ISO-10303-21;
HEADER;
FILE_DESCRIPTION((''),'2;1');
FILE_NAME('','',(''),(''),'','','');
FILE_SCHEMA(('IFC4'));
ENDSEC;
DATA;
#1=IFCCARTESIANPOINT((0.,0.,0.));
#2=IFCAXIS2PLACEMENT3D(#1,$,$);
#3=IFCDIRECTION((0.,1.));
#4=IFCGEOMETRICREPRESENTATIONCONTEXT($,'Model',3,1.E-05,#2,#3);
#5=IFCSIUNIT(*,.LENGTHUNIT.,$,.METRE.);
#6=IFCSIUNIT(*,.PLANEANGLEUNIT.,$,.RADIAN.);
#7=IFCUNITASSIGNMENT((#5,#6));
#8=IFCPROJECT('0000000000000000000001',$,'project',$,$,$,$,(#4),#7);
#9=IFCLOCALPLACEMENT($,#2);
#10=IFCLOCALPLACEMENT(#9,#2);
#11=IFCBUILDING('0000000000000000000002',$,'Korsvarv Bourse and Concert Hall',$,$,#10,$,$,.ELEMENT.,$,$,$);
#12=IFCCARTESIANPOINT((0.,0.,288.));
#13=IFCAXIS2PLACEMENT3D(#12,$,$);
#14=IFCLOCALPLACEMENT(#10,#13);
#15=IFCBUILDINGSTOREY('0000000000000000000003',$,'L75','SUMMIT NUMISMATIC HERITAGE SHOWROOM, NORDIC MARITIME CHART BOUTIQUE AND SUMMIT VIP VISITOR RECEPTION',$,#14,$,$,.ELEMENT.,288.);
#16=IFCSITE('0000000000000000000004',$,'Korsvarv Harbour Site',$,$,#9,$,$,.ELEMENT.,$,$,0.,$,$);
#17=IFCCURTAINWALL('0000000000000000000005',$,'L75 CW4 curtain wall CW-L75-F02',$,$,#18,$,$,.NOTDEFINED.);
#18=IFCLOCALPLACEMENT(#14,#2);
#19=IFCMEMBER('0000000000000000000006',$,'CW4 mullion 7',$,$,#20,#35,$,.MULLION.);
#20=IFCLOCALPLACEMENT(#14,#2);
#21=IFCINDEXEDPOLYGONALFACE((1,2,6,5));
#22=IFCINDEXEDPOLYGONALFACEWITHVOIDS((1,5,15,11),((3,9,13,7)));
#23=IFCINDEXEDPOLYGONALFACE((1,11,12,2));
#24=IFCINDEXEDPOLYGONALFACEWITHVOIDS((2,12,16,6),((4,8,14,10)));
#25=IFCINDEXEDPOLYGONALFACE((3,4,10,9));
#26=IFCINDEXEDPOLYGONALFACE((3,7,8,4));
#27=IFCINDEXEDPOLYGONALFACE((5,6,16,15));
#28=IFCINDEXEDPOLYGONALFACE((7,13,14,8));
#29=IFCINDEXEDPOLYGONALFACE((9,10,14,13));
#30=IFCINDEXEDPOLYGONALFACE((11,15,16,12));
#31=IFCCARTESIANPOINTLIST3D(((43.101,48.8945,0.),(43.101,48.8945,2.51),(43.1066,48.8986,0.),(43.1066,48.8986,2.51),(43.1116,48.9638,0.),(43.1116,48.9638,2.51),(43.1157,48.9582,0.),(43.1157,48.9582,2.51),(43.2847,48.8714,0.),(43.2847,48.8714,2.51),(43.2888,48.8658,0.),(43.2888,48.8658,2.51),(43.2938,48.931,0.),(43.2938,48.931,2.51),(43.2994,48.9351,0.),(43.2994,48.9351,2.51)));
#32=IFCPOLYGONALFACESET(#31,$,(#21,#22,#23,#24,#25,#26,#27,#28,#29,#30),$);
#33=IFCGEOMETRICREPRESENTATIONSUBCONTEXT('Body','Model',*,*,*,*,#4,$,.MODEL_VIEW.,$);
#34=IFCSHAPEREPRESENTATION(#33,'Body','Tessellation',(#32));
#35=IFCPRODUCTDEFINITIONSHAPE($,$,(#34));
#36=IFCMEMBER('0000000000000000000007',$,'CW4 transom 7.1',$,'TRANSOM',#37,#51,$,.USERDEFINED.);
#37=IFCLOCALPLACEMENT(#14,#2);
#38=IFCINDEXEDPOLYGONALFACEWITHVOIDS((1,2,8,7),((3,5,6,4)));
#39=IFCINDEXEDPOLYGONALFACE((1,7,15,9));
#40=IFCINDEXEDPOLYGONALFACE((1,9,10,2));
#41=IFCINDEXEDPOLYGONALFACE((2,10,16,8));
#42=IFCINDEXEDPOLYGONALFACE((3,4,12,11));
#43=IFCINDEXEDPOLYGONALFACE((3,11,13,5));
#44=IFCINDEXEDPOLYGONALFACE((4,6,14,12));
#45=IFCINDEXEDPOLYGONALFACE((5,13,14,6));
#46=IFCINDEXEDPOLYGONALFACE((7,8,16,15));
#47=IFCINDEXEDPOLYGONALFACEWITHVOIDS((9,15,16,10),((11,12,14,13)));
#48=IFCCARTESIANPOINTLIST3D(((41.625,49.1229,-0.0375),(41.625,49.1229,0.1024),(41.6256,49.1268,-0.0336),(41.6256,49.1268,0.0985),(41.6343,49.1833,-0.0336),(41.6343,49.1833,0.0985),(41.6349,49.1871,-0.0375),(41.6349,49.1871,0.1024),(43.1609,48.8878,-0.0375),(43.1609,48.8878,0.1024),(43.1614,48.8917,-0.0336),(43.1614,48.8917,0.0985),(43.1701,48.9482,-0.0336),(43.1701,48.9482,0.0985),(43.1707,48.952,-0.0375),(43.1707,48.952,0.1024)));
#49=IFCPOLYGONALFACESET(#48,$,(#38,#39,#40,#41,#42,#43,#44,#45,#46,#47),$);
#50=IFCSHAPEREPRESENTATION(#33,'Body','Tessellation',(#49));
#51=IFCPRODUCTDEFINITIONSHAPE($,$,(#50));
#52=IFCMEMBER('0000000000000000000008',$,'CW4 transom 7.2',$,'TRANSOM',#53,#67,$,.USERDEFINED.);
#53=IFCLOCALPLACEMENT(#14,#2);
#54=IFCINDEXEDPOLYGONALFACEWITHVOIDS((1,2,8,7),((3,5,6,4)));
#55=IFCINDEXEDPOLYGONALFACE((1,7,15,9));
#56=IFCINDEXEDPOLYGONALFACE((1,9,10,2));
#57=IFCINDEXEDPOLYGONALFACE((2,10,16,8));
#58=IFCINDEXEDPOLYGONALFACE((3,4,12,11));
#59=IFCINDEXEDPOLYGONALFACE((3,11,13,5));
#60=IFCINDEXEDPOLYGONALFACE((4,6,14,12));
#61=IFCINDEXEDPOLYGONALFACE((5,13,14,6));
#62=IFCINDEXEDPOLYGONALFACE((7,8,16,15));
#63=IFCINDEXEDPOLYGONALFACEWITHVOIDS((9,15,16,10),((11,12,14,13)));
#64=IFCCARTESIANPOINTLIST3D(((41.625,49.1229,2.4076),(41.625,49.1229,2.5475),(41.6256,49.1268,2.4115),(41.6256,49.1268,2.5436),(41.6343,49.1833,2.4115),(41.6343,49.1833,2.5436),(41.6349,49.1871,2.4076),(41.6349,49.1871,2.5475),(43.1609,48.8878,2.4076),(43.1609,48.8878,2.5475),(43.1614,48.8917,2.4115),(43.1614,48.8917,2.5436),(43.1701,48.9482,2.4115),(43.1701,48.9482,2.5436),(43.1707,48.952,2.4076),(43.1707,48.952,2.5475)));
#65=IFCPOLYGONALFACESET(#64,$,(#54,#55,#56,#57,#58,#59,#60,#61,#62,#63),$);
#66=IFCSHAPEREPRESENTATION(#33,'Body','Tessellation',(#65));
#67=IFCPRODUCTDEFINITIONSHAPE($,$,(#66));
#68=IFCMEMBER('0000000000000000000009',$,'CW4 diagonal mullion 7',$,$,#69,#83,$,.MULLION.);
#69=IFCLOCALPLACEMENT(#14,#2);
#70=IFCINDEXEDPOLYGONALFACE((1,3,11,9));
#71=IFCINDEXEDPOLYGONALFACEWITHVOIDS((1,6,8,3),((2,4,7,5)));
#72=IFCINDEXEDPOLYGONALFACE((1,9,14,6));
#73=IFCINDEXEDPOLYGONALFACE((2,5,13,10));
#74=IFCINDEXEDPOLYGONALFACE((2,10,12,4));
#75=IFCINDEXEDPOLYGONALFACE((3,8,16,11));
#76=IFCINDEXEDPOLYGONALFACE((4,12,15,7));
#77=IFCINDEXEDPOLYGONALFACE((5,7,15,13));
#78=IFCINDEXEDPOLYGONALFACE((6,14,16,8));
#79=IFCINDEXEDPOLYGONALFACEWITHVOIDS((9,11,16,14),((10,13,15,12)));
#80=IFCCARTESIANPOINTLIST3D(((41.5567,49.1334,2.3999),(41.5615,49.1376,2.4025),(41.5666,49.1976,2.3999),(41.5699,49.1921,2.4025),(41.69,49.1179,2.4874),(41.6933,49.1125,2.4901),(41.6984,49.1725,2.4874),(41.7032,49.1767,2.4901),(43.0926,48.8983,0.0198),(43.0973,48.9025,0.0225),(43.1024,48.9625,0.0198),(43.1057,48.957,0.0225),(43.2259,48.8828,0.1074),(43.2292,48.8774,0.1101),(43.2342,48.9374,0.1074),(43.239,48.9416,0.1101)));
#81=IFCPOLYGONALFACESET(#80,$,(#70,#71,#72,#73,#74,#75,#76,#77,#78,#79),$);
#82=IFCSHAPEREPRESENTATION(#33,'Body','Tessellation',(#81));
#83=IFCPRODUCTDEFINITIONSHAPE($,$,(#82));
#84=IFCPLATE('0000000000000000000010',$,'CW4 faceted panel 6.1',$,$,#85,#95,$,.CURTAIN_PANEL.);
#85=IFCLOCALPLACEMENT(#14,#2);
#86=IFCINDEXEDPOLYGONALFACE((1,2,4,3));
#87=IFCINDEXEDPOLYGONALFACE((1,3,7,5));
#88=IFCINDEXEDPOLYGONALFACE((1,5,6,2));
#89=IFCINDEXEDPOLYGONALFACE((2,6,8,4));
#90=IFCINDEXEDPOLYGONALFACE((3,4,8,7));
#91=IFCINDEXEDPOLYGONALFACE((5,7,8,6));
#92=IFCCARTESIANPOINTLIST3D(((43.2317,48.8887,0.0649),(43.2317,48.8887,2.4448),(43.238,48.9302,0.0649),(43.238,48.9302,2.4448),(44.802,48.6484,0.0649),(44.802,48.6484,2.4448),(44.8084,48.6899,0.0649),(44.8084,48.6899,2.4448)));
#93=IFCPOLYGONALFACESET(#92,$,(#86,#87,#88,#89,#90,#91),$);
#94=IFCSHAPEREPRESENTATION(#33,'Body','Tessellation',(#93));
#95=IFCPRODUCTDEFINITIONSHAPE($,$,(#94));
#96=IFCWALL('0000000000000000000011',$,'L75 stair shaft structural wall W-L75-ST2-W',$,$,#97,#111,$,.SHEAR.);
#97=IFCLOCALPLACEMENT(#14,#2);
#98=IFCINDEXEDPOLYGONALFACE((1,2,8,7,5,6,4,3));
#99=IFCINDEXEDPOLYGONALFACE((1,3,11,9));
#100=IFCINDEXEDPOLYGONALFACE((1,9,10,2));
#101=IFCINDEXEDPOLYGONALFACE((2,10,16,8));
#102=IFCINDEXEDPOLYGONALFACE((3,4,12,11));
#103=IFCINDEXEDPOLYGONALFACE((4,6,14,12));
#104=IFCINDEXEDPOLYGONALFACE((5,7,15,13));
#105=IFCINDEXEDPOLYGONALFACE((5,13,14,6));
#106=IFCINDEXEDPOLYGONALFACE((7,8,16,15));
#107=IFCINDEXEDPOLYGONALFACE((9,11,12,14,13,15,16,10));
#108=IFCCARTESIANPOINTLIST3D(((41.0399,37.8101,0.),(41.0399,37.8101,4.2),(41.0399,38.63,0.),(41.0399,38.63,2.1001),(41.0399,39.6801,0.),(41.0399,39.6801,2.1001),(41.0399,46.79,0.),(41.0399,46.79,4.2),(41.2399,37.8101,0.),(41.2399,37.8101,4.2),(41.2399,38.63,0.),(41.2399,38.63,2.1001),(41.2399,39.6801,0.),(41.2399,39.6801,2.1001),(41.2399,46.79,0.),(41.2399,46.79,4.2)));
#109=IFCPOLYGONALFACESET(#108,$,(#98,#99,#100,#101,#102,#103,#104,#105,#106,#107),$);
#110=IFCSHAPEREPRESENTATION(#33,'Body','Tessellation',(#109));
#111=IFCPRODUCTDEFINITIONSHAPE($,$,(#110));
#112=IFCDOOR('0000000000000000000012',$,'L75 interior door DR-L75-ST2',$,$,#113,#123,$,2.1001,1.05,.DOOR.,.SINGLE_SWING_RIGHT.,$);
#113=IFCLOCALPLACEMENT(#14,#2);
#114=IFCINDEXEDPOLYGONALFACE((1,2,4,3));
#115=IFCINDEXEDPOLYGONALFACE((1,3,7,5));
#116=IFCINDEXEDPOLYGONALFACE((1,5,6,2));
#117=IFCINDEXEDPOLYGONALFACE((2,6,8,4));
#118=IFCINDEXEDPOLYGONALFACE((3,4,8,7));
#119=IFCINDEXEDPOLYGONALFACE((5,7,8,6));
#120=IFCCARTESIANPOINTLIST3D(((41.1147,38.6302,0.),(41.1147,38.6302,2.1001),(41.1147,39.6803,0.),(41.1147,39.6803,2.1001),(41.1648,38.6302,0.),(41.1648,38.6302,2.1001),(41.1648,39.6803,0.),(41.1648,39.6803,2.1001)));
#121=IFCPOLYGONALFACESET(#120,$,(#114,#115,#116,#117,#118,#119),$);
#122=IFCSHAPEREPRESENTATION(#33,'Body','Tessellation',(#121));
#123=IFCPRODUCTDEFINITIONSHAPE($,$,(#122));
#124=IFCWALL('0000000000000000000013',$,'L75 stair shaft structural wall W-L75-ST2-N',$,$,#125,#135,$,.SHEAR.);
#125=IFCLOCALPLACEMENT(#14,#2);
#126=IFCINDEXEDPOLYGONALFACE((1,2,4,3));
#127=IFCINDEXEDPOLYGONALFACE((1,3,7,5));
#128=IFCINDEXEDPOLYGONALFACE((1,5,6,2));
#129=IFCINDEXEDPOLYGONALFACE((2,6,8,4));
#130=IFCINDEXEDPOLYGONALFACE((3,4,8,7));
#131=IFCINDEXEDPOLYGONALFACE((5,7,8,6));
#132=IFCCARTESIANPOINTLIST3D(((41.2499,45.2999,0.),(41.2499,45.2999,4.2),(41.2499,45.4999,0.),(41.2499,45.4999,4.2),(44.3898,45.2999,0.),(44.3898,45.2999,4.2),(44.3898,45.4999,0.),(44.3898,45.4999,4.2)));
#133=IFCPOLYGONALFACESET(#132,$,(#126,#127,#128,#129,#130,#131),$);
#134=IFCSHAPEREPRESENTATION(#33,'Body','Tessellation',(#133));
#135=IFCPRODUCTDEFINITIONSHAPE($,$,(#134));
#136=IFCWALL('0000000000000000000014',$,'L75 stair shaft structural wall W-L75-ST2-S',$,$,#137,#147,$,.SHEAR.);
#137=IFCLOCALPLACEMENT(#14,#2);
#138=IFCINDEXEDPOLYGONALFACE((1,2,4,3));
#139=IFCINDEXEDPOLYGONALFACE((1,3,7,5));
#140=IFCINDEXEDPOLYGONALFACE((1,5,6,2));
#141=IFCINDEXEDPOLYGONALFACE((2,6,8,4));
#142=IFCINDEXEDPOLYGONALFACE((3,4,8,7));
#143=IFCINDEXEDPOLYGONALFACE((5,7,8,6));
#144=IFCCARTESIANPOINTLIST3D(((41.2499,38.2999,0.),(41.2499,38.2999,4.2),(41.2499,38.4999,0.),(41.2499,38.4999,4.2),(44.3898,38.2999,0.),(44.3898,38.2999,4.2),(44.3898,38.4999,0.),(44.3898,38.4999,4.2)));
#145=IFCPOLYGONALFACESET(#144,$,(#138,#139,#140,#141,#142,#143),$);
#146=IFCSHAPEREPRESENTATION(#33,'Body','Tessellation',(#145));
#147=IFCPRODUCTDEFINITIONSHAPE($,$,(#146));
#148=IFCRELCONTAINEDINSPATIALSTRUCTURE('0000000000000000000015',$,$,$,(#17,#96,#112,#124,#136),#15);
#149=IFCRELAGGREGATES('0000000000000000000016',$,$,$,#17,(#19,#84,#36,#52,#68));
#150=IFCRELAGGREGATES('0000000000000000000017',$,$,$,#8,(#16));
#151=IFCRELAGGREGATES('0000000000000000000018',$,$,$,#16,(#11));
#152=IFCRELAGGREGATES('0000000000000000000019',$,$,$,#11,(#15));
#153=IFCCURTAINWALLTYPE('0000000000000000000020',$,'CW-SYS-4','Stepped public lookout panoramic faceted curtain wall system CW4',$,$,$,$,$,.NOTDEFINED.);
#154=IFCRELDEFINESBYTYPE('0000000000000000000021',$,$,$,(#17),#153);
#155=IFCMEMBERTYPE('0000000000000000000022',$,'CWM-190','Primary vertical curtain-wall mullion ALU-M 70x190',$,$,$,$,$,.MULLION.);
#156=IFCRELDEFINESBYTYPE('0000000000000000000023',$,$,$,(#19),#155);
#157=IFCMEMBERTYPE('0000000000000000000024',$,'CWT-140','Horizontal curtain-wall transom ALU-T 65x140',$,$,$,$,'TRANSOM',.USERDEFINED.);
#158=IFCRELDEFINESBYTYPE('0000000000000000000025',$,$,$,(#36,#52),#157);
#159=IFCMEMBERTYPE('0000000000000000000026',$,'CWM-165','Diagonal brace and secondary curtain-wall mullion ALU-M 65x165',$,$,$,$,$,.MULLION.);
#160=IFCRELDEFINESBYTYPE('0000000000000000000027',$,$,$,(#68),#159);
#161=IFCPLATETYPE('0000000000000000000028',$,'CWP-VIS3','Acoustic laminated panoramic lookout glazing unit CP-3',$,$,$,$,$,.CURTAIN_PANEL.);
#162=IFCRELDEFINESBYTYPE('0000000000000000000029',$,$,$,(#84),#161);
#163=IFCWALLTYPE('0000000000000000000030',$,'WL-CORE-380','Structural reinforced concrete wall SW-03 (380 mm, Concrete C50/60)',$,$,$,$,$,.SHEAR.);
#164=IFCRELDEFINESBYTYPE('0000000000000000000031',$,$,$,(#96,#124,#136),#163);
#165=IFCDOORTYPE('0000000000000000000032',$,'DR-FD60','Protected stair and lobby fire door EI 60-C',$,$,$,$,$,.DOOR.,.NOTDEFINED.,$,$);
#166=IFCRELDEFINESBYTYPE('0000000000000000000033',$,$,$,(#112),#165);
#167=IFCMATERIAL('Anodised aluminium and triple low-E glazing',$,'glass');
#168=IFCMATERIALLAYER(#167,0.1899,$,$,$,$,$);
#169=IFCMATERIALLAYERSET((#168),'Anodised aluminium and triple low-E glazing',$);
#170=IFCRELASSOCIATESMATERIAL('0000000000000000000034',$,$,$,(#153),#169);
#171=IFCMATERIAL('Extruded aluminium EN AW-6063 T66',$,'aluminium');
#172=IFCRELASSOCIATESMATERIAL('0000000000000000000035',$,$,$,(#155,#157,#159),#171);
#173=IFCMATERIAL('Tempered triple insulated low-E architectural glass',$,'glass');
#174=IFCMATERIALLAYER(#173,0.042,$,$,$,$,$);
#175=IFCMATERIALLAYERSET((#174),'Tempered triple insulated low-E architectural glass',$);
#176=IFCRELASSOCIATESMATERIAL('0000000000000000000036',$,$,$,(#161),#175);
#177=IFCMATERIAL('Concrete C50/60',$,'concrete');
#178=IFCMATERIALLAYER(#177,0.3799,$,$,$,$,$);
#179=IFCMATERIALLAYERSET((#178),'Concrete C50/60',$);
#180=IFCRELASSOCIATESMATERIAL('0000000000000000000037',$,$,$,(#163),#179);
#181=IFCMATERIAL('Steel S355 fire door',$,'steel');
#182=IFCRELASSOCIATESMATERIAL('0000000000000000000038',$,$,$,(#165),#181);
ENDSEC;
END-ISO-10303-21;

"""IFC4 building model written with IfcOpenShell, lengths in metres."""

from ifc_helpers import new_model, si_unit, direction, frame, frame_2d, origin, origin_2d, place, context, subcontext, project, spatial, rectangle, hollow_rectangle, extrude, source, transform, mapped, material, layer, layer_set, material_profile, profile_set, type_object, element, fill, aggregate, save


model = new_model("IFC4")

# Units and contexts
model_context = context("Model", 3, precision=1e-05, world=origin(), true_north=direction((0.0, 1.0)))
body_context = subcontext(model_context, "Body", "Model", "MODEL_VIEW")
ifc_project = project(units=[si_unit("LENGTHUNIT", "METRE"), si_unit("PLANEANGLEUNIT", "RADIAN")], contexts=[model_context])

# Site, building, storey
site_placement = place(None, origin())
site = spatial("IfcSite", under=ifc_project, at=site_placement, Name="Korsvarv Harbour Site", CompositionType="ELEMENT", RefElevation=0.0)
building_placement = place(site_placement, origin())
building = spatial("IfcBuilding", under=site, at=building_placement, Name="Korsvarv Bourse and Concert Hall", CompositionType="ELEMENT")
storey_placement = place(building_placement, frame((0.0, 0.0, 288.0)))
storey = spatial("IfcBuildingStorey", under=building, at=storey_placement, Name="L75", Description="SUMMIT NUMISMATIC HERITAGE SHOWROOM, NORDIC MARITIME CHART BOUTIQUE AND SUMMIT VIP VISITOR RECEPTION", CompositionType="ELEMENT", Elevation=288.0)

# Curtain wall, members, plate
ifc_material_1 = material(Name="Anodised aluminium and triple low-E glazing", Category="glass")
ifc_layer_1 = layer(ifc_material_1, 0.1899)
ifc_layer_set_1 = layer_set([ifc_layer_1], Name="Anodised aluminium and triple low-E glazing")
curtain_wall_type = type_object("IfcCurtainWallType", Name="CW-SYS-4", Description="Stepped public lookout panoramic faceted curtain wall system CW4", PredefinedType="NOTDEFINED", material=ifc_layer_set_1)
curtain_wall_placement = place(storey_placement, origin())
curtain_wall = element("IfcCurtainWall", 1, at=curtain_wall_placement, inside=storey, type_object=curtain_wall_type, Name="L75 CW4 curtain wall CW-L75-F02", PredefinedType="NOTDEFINED")
ifc_material_2 = material(Name="Extruded aluminium EN AW-6063 T66", Category="aluminium")
ifc_material_profile_1 = material_profile(ifc_material_2, hollow_rectangle(XDim=0.0701, YDim=0.1899, WallThickness=0.0049, at=origin_2d()), Name="ALU-M 70x190")
ifc_profile_set_1 = profile_set([ifc_material_profile_1], Name="Extruded aluminium EN AW-6063 T66")
member_type_1 = type_object("IfcMemberType", Name="CWM-190", Description="Primary vertical curtain-wall mullion ALU-M 70x190", PredefinedType="MULLION", material=ifc_profile_set_1)
shared_shape_1 = source(origin(), body_context, "Body", "SweptSolid", [
    extrude(hollow_rectangle(XDim=0.0701, YDim=0.1899, WallThickness=0.0049, at=origin_2d()), origin(), (0.0, 0.0, 1.0), 2.51),
])
member_1_placement = place(storey_placement, frame((43.2002, 48.9148, 0.0), z_axis=(0.0, 0.0, 1.0), x_axis=(-0.151305, -0.988487, 0.0)))
member_1 = element("IfcMember", 2, at=member_1_placement, type_object=member_type_1, Name="CW4 mullion 7", PredefinedType="MULLION", context=body_context, shape_type="MappedRepresentation", body=[
    mapped(shared_shape_1, transform((0.0, 0.0, 0.0), scale=1.0)),
])
ifc_material_profile_2 = material_profile(ifc_material_2, hollow_rectangle(XDim=0.0649, YDim=0.1399, WallThickness=0.0039, at=origin_2d()), Name="ALU-T 65x140")
ifc_profile_set_2 = profile_set([ifc_material_profile_2], Name="Extruded aluminium EN AW-6063 T66")
member_type_2 = type_object("IfcMemberType", Name="CWT-140", Description="Horizontal curtain-wall transom ALU-T 65x140", ElementType="TRANSOM", PredefinedType="USERDEFINED", material=ifc_profile_set_2)
shared_shape_2 = source(origin(), body_context, "Body", "SweptSolid", [
    extrude(hollow_rectangle(XDim=0.0649, YDim=0.1399, WallThickness=0.0039, at=origin_2d()), origin(), (0.0, 0.0, 1.0), 1.5537),
])
member_2_placement = place(storey_placement, frame((43.1658, 48.9199, 0.0325), z_axis=(-0.988486, 0.151313, 0.0), x_axis=(-0.151313, -0.988486, 0.0)))
member_2 = element("IfcMember", 3, at=member_2_placement, type_object=member_type_2, Name="CW4 transom 7.1", ObjectType="TRANSOM", PredefinedType="USERDEFINED", context=body_context, shape_type="MappedRepresentation", body=[
    mapped(shared_shape_2, transform((0.0, 0.0, 0.0), scale=1.0)),
])
member_3_placement = place(storey_placement, frame((43.1658, 48.9199, 2.4775), z_axis=(-0.988486, 0.151313, 0.0), x_axis=(-0.151313, -0.988486, 0.0)))
member_3 = element("IfcMember", 4, at=member_3_placement, type_object=member_type_2, Name="CW4 transom 7.2", ObjectType="TRANSOM", PredefinedType="USERDEFINED", context=body_context, shape_type="MappedRepresentation", body=[
    mapped(shared_shape_2, transform((0.0, 0.0, 0.0), scale=1.0)),
])
ifc_material_profile_3 = material_profile(ifc_material_2, hollow_rectangle(XDim=0.0649, YDim=0.165, WallThickness=0.0049, at=origin_2d()), Name="ALU-M 65x165")
ifc_profile_set_3 = profile_set([ifc_material_profile_3], Name="Extruded aluminium EN AW-6063 T66")
member_type_3 = type_object("IfcMemberType", Name="CWM-165", Description="Diagonal brace and secondary curtain-wall mullion ALU-M 65x165", PredefinedType="MULLION", material=ifc_profile_set_3)
shared_shape_3 = source(origin(), body_context, "Body", "SweptSolid", [
    extrude(hollow_rectangle(XDim=0.0649, YDim=0.165, WallThickness=0.0049, at=origin_2d()), origin(), (0.0, 0.0, 1.0), 2.8423),
])
member_4_placement = place(storey_placement, frame((43.1658, 48.9199, 0.0649), z_axis=(-0.540349, 0.082714, 0.837365), x_axis=(-0.151313, -0.988486, 0.0)))
member_4 = element("IfcMember", 5, at=member_4_placement, type_object=member_type_3, Name="CW4 diagonal mullion 7", PredefinedType="MULLION", context=body_context, shape_type="MappedRepresentation", body=[
    mapped(shared_shape_3, transform((0.0, 0.0, 0.0), scale=1.0)),
])
ifc_material_3 = material(Name="Tempered triple insulated low-E architectural glass", Category="glass")
ifc_layer_2 = layer(ifc_material_3, 0.042)
ifc_layer_set_2 = layer_set([ifc_layer_2], Name="Tempered triple insulated low-E architectural glass")
plate_type = type_object("IfcPlateType", Name="CWP-VIS3", Description="Acoustic laminated panoramic lookout glazing unit CP-3", PredefinedType="CURTAIN_PANEL", material=ifc_layer_set_2)
shared_shape_4 = source(origin(), body_context, "Body", "SweptSolid", [
    extrude(rectangle(XDim=1.5886, YDim=0.042, at=origin_2d()), origin(), (0.0, 0.0, 1.0), 2.3799),
])
plate_placement = place(storey_placement, frame((44.02, 48.7893, 0.0649), z_axis=(0.0, 0.0, 1.0), x_axis=(-0.988487, 0.151305, 0.0)))
plate = element("IfcPlate", 6, at=plate_placement, type_object=plate_type, Name="CW4 faceted panel 6.1", PredefinedType="CURTAIN_PANEL", context=body_context, shape_type="MappedRepresentation", body=[
    mapped(shared_shape_4, transform((0.0, 0.0, 0.0), scale=1.0)),
])
aggregate(curtain_wall, [member_1, plate, member_2, member_3, member_4])

# Wall, opening, door
ifc_material_4 = material(Name="Concrete C50/60", Category="concrete")
ifc_layer_3 = layer(ifc_material_4, 0.3799)
ifc_layer_set_3 = layer_set([ifc_layer_3], Name="Concrete C50/60")
wall_type_1 = type_object("IfcWallType", Name="WL-CORE-380", Description="Structural reinforced concrete wall SW-03 (380 mm, Concrete C50/60)", PredefinedType="SHEAR", material=ifc_layer_set_3)
wall_1_placement = place(storey_placement, frame((41.1399, 37.8101, 0.0), z_axis=(0.0, 0.0, 1.0), x_axis=(0.0, 1.0, 0.0)))
wall_1 = element("IfcWall", 7, at=wall_1_placement, inside=storey, type_object=wall_type_1, Name="L75 stair shaft structural wall W-L75-ST2-W", PredefinedType="SHEAR", context=body_context, shape_type="SweptSolid", body=[
    extrude(rectangle(XDim=8.98, YDim=0.2, at=frame_2d((4.49, 0.0))), origin(), (0.0, 0.0, 1.0), 4.2),
])
opening_1_placement = place(wall_1_placement, frame((0.8201, 0.0, 0.0)))
opening_1 = element("IfcOpeningElement", 8, at=opening_1_placement, cuts=wall_1, PredefinedType="OPENING", context=body_context, shape_type="SweptSolid", body=[
    extrude(rectangle(XDim=1.05, YDim=2.1001, at=frame_2d((0.5249, 1.05))), frame((0.0, 0.1099, 0.0), z_axis=(0.0, -1.0, 0.0), x_axis=(1.0, 0.0, 0.0)), (0.0, 0.0, 1.0), 0.22),
])
ifc_material_5 = material(Name="Steel S355 fire door", Category="steel")
door_type_1 = type_object("IfcDoorType", Name="DR-FD60", Description="Protected stair and lobby fire door EI 60-C", OperationType="NOTDEFINED", PredefinedType="DOOR", material=ifc_material_5)
door_1_placement = place(opening_1_placement, frame((1.05, 0.0, 0.0), z_axis=(0.0, 0.0, 1.0), x_axis=(-1.0, 0.0, 0.0)))
door_1 = element("IfcDoor", 9, at=door_1_placement, inside=storey, type_object=door_type_1, Name="L75 interior door DR-L75-ST2", OperationType="SINGLE_SWING_RIGHT", OverallHeight=2.1001, OverallWidth=1.05, PredefinedType="DOOR", context=body_context, shape_type="SweptSolid", body=[
    extrude(rectangle(XDim=1.05, YDim=2.1001, at=frame_2d((0.5249, 1.05))), frame((0.0, 0.0249, 0.0), z_axis=(0.0, -1.0, 0.0), x_axis=(1.0, 0.0, 0.0)), (0.0, 0.0, 1.0), 0.05),
])
fill(opening_1, door_1)

# Walls
for number, where, z_axis, x_axis, name in (
    (10, (41.25, 45.3999, 0.0), (0.0, 0.0, 1.0), (1.0, 0.0, 0.0), "L75 stair shaft structural wall W-L75-ST2-N"),
    (11, (41.25, 38.3999, 0.0), (0.0, 0.0, 1.0), (1.0, 0.0, 0.0), "L75 stair shaft structural wall W-L75-ST2-S"),
):
    element("IfcWall", number, at=place(storey_placement, frame(where, z_axis=z_axis, x_axis=x_axis)), inside=storey, type_object=wall_type_1, Name=name, PredefinedType="SHEAR", context=body_context, shape_type="SweptSolid", body=[
        extrude(rectangle(XDim=3.1399, YDim=0.2, at=frame_2d((1.5698, 0.0))), origin(), (0.0, 0.0, 1.0), 4.2),
    ])

save(model, "model.ifc")
